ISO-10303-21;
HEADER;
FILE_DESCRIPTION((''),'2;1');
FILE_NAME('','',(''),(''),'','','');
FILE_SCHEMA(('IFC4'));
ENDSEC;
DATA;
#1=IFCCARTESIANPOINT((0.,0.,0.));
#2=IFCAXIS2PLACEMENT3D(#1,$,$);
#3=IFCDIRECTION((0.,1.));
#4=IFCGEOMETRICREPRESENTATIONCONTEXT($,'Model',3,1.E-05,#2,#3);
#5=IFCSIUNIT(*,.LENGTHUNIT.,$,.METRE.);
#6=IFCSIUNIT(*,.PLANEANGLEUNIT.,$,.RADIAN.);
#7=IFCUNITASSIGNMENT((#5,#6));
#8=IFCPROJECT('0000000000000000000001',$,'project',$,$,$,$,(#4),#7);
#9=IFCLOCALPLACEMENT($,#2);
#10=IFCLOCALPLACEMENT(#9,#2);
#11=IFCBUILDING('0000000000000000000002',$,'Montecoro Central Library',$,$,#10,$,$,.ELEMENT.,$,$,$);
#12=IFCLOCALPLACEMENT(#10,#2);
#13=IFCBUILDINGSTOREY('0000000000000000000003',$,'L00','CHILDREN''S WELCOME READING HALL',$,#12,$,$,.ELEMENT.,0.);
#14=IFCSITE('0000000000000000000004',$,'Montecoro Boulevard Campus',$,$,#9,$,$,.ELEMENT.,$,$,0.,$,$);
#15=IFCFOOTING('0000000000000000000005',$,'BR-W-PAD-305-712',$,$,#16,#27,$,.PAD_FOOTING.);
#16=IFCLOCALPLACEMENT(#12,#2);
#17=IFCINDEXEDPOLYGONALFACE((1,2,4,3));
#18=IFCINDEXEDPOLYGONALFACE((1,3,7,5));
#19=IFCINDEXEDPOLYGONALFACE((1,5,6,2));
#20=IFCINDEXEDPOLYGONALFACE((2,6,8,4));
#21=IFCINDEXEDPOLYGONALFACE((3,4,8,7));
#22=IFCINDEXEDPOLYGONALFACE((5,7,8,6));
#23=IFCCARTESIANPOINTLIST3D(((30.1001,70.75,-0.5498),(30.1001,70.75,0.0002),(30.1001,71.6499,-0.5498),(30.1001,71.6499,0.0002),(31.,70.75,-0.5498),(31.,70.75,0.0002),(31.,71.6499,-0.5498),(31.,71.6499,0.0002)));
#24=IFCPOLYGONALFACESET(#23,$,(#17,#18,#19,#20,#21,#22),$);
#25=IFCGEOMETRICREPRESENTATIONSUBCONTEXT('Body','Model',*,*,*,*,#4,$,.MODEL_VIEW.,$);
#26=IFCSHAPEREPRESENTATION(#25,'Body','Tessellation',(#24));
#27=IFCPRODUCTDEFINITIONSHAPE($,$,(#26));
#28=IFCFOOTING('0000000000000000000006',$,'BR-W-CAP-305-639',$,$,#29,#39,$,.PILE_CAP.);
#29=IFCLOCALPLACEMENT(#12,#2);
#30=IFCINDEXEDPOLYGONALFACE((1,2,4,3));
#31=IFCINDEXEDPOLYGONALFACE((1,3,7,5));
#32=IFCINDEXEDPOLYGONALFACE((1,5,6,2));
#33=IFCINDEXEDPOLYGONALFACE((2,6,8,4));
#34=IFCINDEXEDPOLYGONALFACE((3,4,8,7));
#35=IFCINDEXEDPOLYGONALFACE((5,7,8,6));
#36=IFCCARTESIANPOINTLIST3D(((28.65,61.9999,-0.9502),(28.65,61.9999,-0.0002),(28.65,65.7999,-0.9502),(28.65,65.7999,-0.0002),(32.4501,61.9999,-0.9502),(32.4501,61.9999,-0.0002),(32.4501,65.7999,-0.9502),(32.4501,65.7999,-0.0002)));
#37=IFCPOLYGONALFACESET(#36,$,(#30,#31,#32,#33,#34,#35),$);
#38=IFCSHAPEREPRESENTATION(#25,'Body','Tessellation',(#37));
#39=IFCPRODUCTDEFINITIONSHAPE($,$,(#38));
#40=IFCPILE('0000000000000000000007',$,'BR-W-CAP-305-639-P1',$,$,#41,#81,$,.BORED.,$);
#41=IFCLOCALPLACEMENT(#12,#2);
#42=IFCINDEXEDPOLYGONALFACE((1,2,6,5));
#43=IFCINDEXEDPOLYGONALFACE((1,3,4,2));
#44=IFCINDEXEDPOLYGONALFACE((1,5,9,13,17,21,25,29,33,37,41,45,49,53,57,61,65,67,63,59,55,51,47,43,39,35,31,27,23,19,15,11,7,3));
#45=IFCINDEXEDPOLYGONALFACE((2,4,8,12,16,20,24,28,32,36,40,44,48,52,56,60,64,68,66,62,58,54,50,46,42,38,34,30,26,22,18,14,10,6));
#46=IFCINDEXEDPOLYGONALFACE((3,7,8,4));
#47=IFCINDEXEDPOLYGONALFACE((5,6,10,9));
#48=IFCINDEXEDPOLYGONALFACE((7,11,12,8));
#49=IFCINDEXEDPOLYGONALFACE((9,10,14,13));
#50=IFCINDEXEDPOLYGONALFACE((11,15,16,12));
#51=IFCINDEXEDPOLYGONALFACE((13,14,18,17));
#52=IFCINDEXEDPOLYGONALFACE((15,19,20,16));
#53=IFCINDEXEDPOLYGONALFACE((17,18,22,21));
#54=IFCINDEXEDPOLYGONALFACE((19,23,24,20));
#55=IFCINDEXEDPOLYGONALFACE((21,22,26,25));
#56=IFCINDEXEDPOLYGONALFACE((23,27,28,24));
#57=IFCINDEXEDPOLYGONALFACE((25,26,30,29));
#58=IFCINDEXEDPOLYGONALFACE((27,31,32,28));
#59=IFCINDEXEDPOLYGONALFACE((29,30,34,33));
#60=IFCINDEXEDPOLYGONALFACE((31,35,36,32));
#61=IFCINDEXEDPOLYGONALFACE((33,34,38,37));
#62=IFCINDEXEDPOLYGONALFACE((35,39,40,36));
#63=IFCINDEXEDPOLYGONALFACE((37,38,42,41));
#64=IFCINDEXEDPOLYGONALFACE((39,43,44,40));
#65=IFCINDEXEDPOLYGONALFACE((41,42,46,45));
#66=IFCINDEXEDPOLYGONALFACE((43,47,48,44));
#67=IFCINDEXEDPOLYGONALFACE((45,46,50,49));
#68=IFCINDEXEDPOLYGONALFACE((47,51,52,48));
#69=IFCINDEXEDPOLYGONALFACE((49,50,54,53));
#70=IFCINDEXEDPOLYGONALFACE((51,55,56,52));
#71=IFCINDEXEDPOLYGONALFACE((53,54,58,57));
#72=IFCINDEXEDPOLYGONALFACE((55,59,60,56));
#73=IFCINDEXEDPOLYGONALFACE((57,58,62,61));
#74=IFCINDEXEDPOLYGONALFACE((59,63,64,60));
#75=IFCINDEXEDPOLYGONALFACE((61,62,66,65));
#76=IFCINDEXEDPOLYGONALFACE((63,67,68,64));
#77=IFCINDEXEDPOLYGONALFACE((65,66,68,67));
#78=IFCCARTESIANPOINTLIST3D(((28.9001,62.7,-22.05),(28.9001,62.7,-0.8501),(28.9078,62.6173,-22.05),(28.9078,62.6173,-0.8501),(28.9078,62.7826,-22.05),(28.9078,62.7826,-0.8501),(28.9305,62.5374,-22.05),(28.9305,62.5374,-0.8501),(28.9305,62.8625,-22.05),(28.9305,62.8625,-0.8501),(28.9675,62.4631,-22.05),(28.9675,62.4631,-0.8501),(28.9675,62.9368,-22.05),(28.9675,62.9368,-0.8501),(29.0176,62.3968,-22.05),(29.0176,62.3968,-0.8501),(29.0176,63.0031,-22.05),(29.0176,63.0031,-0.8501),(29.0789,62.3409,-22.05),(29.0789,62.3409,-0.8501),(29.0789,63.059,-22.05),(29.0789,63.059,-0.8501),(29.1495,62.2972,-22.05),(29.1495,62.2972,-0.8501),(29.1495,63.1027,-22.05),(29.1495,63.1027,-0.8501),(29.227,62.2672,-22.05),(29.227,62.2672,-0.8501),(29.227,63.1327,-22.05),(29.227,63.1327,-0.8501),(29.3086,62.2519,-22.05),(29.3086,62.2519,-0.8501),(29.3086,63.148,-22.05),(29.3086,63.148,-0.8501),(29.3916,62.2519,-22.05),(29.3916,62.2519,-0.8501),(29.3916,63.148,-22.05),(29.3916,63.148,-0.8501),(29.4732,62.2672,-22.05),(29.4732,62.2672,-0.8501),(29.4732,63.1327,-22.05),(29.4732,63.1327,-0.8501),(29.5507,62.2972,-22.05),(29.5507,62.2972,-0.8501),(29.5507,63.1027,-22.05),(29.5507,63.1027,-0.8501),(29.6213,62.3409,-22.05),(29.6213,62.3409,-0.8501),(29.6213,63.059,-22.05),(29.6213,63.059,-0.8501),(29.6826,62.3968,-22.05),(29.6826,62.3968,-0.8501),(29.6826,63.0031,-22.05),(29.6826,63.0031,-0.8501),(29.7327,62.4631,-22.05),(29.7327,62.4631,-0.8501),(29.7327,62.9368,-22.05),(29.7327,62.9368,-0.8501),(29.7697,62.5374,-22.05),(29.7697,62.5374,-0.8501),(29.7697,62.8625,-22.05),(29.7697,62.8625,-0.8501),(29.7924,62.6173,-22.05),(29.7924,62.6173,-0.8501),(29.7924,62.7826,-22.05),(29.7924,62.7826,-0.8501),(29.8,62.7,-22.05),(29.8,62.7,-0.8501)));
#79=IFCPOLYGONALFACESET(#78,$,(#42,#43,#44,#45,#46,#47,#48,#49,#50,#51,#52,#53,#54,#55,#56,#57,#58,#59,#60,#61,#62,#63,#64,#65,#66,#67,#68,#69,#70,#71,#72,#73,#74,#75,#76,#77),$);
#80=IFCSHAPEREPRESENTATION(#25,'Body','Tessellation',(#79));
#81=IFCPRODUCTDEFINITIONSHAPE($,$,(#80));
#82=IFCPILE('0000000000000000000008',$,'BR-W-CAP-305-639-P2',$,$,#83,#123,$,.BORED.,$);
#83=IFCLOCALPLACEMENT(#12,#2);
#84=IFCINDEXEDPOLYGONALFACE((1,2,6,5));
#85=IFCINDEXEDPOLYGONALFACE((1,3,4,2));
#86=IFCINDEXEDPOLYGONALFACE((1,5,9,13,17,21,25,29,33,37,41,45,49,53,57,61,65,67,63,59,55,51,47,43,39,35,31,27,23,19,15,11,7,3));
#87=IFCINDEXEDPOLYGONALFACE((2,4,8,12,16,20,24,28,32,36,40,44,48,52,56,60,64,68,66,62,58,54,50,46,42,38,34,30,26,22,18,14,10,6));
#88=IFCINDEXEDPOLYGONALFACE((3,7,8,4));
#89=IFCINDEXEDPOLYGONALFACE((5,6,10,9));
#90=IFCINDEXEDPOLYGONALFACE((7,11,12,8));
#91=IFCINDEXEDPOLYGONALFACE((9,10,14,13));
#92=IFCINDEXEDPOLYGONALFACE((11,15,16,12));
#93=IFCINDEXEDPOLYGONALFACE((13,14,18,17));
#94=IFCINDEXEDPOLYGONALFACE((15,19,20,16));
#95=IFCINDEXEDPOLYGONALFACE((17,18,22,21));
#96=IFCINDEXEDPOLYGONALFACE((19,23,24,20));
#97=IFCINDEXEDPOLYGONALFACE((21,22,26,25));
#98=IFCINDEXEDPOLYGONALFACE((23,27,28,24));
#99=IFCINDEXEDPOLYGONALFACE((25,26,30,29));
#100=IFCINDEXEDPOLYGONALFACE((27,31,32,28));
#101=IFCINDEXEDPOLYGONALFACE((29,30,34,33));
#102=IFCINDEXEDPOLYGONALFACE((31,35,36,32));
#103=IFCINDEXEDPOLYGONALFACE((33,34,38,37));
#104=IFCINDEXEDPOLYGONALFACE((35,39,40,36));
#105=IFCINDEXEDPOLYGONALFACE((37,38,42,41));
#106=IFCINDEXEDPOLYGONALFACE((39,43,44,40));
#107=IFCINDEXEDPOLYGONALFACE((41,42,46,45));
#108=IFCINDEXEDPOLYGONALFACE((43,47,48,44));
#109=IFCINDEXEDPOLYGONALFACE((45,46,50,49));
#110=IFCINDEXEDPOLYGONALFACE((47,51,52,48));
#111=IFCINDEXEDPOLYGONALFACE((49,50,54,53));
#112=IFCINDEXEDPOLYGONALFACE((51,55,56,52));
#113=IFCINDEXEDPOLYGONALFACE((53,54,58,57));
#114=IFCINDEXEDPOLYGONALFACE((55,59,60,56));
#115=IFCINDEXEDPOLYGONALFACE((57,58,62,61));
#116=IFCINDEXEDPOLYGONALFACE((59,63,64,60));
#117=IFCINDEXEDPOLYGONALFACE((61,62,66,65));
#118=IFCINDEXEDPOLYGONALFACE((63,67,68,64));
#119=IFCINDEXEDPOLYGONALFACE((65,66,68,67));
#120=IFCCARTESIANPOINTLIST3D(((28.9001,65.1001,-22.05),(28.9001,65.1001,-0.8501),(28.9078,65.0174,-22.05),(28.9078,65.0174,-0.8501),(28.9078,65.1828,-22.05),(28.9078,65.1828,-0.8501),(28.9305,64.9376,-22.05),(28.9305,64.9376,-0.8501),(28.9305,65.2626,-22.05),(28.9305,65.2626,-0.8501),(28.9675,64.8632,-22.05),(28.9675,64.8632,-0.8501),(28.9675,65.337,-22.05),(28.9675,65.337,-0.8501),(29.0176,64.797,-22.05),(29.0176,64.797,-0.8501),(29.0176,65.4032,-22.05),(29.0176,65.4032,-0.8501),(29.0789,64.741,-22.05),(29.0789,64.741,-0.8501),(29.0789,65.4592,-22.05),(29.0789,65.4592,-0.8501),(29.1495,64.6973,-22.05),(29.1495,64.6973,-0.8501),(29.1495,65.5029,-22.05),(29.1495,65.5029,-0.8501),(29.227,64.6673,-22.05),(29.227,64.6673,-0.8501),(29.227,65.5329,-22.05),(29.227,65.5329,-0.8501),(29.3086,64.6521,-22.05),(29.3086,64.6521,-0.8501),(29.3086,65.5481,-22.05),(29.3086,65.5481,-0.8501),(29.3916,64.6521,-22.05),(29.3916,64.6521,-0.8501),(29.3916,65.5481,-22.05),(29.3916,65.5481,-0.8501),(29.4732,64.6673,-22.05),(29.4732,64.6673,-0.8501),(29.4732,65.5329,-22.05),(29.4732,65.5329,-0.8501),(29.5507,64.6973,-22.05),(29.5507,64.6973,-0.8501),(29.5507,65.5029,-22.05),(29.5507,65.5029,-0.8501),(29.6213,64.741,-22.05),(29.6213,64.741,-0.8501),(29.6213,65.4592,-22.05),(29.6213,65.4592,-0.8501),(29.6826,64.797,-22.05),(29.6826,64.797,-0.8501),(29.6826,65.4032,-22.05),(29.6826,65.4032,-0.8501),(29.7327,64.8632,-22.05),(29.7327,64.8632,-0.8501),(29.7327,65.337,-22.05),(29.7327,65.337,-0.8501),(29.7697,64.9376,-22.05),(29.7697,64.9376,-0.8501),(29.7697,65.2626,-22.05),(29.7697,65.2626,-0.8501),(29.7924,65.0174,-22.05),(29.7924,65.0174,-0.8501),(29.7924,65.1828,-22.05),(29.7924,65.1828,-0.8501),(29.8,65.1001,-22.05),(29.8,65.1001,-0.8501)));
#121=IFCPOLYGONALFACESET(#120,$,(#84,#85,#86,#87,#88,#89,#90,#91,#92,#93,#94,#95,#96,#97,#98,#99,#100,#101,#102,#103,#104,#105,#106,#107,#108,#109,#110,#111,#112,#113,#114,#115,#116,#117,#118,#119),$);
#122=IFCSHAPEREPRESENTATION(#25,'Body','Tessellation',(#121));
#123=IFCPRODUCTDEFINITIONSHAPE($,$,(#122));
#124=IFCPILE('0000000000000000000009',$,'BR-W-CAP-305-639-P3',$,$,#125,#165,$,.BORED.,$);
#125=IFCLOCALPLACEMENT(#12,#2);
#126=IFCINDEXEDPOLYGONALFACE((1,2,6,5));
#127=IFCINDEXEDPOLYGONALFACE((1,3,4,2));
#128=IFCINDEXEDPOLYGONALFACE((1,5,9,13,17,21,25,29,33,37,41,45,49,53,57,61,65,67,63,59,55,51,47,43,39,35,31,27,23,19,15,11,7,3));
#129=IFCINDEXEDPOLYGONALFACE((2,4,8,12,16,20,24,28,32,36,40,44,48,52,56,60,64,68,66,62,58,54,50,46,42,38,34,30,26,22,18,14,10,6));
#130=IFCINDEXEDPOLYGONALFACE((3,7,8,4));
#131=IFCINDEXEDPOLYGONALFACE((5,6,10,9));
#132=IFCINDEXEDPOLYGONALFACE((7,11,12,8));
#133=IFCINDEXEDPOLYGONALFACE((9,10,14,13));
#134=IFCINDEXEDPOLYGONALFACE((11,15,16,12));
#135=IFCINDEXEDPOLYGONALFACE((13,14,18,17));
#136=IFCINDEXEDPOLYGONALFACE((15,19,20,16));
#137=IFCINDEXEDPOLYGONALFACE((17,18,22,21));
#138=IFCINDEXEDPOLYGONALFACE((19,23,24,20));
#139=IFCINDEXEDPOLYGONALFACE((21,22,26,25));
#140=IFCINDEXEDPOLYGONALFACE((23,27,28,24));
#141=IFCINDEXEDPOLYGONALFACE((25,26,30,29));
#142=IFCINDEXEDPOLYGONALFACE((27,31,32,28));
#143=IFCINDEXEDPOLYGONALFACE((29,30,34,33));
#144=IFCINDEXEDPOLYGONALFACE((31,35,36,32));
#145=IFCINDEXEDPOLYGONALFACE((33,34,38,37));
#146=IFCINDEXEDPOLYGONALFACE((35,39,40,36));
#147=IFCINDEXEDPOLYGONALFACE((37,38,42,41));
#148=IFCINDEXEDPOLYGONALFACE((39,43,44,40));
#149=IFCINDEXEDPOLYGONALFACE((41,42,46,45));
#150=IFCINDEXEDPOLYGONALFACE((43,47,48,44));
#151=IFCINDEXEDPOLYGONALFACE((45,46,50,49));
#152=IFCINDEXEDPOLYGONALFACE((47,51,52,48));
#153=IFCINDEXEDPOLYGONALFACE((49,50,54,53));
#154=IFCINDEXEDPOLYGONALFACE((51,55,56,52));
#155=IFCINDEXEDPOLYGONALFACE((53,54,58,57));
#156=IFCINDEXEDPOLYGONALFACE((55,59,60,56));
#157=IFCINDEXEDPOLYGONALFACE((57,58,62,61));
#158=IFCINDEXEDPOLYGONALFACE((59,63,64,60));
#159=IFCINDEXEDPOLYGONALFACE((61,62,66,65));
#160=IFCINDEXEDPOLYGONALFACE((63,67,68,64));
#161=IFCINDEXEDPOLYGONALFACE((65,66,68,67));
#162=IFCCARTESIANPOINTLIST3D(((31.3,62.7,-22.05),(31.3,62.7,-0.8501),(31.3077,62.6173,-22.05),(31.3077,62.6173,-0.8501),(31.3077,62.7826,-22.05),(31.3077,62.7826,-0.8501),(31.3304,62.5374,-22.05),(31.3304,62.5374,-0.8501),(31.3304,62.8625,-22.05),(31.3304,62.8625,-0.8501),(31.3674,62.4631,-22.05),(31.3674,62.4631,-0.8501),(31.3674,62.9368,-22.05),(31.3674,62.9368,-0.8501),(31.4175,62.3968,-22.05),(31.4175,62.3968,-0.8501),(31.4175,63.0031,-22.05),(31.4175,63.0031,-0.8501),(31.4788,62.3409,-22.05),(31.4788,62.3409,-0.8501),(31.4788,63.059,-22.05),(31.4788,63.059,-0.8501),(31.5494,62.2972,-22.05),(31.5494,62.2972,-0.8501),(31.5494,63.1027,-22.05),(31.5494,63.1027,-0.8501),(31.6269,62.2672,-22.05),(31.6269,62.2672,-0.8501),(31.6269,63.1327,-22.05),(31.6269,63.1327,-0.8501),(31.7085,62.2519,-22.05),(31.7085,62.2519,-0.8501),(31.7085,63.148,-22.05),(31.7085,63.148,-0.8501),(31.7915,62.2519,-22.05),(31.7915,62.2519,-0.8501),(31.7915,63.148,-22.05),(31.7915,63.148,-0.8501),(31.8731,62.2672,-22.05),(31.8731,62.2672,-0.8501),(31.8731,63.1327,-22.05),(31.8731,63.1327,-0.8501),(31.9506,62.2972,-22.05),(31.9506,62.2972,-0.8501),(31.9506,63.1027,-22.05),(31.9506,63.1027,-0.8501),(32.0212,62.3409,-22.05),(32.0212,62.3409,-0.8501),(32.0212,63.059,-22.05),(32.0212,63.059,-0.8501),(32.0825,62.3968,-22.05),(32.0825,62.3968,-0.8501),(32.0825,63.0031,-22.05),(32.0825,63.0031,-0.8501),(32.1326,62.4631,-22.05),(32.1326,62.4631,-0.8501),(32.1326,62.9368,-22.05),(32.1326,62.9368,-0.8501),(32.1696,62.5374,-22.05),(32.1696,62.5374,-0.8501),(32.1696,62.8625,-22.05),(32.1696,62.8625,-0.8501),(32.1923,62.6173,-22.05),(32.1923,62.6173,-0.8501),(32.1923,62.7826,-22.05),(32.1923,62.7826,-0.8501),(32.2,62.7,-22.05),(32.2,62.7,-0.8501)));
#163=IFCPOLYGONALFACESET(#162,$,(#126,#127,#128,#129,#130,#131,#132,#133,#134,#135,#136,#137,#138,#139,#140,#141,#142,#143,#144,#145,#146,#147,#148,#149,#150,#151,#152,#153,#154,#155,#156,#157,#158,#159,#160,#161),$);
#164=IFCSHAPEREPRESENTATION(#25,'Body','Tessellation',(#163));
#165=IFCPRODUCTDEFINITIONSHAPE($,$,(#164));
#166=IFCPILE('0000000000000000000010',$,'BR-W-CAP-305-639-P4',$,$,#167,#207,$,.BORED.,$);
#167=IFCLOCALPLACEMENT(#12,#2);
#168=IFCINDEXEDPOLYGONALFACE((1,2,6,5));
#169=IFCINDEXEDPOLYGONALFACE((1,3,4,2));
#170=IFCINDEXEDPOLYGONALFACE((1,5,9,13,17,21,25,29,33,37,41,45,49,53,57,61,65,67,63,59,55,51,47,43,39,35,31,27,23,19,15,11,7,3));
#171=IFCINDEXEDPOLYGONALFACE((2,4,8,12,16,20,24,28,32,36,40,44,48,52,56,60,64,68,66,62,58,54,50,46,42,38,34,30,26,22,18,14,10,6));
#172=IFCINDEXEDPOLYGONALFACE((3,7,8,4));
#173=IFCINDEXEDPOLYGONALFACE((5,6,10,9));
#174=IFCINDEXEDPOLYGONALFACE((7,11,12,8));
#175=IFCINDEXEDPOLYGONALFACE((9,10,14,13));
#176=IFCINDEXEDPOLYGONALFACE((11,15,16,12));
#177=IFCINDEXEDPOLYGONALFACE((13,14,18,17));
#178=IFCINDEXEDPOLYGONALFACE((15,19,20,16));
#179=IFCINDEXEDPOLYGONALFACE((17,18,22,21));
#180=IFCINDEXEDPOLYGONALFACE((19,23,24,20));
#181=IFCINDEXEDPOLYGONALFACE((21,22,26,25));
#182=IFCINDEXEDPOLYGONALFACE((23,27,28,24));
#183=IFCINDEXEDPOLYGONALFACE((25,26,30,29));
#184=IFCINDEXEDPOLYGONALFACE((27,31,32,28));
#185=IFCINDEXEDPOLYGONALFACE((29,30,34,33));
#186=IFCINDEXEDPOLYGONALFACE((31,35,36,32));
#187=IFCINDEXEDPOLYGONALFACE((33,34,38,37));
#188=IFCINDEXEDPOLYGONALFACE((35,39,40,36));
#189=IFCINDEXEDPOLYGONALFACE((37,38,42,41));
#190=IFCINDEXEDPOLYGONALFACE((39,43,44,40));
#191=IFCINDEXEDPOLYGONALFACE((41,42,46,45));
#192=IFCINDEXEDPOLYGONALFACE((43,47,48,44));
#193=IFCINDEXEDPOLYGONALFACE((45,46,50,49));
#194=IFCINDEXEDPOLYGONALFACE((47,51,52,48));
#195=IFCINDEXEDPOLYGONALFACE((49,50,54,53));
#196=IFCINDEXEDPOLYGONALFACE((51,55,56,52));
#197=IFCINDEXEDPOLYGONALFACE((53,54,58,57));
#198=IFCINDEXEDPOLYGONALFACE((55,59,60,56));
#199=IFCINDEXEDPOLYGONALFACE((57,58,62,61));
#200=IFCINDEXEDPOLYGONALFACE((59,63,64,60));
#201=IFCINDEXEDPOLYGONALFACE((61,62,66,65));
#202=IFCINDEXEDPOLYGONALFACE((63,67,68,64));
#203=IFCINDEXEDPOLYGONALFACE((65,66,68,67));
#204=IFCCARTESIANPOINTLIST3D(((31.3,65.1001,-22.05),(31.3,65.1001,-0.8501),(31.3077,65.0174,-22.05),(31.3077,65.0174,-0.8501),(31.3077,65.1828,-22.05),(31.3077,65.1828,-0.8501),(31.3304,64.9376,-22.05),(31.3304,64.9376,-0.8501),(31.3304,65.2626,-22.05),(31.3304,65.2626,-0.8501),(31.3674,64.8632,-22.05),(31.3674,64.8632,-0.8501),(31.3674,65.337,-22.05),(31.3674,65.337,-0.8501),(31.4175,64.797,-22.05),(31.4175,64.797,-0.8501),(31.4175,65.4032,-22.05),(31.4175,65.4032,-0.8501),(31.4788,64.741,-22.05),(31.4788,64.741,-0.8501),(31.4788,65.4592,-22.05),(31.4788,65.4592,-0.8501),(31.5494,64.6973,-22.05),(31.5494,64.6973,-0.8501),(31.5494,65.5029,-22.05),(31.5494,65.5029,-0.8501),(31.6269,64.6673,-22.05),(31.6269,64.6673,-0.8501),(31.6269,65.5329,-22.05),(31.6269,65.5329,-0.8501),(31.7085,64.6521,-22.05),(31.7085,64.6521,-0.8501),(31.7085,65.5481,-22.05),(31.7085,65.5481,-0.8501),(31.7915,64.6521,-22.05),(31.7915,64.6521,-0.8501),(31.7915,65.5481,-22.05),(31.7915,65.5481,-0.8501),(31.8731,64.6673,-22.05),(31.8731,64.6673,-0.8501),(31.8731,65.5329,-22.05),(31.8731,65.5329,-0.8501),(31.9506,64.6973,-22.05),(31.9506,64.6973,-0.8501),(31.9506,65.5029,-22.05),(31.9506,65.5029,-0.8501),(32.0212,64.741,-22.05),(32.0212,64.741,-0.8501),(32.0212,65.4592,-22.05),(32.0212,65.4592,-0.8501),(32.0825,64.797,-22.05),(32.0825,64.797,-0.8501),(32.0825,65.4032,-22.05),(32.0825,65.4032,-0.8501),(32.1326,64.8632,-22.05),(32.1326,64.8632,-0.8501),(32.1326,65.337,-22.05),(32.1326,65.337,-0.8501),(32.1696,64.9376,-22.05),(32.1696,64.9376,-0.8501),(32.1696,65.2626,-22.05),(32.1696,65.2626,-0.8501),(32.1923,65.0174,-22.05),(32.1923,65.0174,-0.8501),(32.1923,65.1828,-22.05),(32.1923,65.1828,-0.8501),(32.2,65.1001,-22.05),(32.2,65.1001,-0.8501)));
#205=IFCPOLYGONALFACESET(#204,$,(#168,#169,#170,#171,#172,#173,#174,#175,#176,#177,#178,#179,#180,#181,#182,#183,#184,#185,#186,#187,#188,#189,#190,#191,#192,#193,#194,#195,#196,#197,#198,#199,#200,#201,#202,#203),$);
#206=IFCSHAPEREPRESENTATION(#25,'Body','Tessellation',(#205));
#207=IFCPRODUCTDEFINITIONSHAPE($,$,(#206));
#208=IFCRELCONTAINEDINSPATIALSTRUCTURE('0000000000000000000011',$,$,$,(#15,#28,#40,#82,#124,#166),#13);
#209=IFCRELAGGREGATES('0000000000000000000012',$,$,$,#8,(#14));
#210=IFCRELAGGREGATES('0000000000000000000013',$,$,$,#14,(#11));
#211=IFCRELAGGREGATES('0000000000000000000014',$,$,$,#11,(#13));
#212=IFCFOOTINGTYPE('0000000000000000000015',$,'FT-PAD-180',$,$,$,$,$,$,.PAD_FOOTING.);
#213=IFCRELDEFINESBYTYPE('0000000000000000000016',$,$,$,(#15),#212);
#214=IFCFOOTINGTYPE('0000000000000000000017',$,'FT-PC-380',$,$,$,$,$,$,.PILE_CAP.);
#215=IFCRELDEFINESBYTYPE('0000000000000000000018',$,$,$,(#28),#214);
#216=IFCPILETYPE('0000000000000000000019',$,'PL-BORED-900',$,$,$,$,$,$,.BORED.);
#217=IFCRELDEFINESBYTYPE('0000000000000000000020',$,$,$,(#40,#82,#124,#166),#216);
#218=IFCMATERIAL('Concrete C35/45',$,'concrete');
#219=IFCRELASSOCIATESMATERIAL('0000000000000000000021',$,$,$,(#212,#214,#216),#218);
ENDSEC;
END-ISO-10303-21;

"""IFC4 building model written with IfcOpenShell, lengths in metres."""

from ifc_helpers import new_model, si_unit, direction, frame, origin, origin_2d, place, context, subcontext, project, spatial, rectangle, circle, extrude, material, material_profile, profile_set, type_object, element, save


model = new_model("IFC4")

# Units and contexts
model_context = context("Model", 3, precision=1e-05, world=origin(), true_north=direction((0.0, 1.0)))
body_context = subcontext(model_context, "Body", "Model", "MODEL_VIEW")
ifc_project = project(units=[si_unit("LENGTHUNIT", "METRE"), si_unit("PLANEANGLEUNIT", "RADIAN")], contexts=[model_context])

# Site, building, storey
site_placement = place(None, origin())
site = spatial("IfcSite", under=ifc_project, at=site_placement, Name="Montecoro Boulevard Campus", CompositionType="ELEMENT", RefElevation=0.0)
building_placement = place(site_placement, origin())
building = spatial("IfcBuilding", under=site, at=building_placement, Name="Montecoro Central Library", CompositionType="ELEMENT")
storey_placement = place(building_placement, origin())
storey = spatial("IfcBuildingStorey", under=building, at=storey_placement, Name="L00", Description="CHILDREN'S WELCOME READING HALL", CompositionType="ELEMENT", Elevation=0.0)

# Footings
ifc_material_1 = material(Name="Concrete C35/45", Category="concrete")
footing_type_1 = type_object("IfcFootingType", Name="FT-PAD-180", PredefinedType="PAD_FOOTING", material=ifc_material_1)
footing_1_placement = place(storey_placement, frame((30.55, 71.2, -0.5498), z_axis=(0.0, 0.0, 1.0), x_axis=(1.0, 0.0, 0.0)))
element("IfcFooting", 1, at=footing_1_placement, inside=storey, type_object=footing_type_1, Name="BR-W-PAD-305-712", PredefinedType="PAD_FOOTING", context=body_context, shape_type="SweptSolid", body=[
    extrude(rectangle(XDim=0.8999, YDim=0.8999, at=origin_2d()), origin(), (0.0, 0.0, 1.0), 0.55),
])
footing_type_2 = type_object("IfcFootingType", Name="FT-PC-380", PredefinedType="PILE_CAP", material=ifc_material_1)
footing_2_placement = place(storey_placement, frame((30.55, 63.8999, -0.9502), z_axis=(0.0, 0.0, 1.0), x_axis=(1.0, 0.0, 0.0)))
element("IfcFooting", 2, at=footing_2_placement, inside=storey, type_object=footing_type_2, Name="BR-W-CAP-305-639", PredefinedType="PILE_CAP", context=body_context, shape_type="SweptSolid", body=[
    extrude(rectangle(XDim=3.8, YDim=3.8, at=origin_2d()), origin(), (0.0, 0.0, 1.0), 0.95),
])

# Piles
ifc_material_profile_1 = material_profile(ifc_material_1, circle(Radius=0.45, at=origin_2d()), Name="PILE D900")
ifc_profile_set_1 = profile_set([ifc_material_profile_1], Name="Concrete C35/45")
pile_type = type_object("IfcPileType", Name="PL-BORED-900", PredefinedType="BORED", material=ifc_profile_set_1)
for number, where, z_axis, x_axis, name in (
    (3, (29.3501, 62.7, -0.8501), (0.0, 0.0, -1.0), (1.0, 0.0, 0.0), "BR-W-CAP-305-639-P1"),
    (4, (29.3501, 65.1001, -0.8501), (0.0, 0.0, -1.0), (1.0, 0.0, 0.0), "BR-W-CAP-305-639-P2"),
    (5, (31.75, 62.7, -0.8501), (0.0, 0.0, -1.0), (1.0, 0.0, 0.0), "BR-W-CAP-305-639-P3"),
    (6, (31.75, 65.1001, -0.8501), (0.0, 0.0, -1.0), (1.0, 0.0, 0.0), "BR-W-CAP-305-639-P4"),
):
    element("IfcPile", number, at=place(storey_placement, frame(where, z_axis=z_axis, x_axis=x_axis)), inside=storey, type_object=pile_type, Name=name, PredefinedType="BORED", context=body_context, shape_type="SweptSolid", body=[
        extrude(circle(Radius=0.45, at=origin_2d()), origin(), (0.0, 0.0, 1.0), 21.2),
    ])

save(model, "model.ifc")
